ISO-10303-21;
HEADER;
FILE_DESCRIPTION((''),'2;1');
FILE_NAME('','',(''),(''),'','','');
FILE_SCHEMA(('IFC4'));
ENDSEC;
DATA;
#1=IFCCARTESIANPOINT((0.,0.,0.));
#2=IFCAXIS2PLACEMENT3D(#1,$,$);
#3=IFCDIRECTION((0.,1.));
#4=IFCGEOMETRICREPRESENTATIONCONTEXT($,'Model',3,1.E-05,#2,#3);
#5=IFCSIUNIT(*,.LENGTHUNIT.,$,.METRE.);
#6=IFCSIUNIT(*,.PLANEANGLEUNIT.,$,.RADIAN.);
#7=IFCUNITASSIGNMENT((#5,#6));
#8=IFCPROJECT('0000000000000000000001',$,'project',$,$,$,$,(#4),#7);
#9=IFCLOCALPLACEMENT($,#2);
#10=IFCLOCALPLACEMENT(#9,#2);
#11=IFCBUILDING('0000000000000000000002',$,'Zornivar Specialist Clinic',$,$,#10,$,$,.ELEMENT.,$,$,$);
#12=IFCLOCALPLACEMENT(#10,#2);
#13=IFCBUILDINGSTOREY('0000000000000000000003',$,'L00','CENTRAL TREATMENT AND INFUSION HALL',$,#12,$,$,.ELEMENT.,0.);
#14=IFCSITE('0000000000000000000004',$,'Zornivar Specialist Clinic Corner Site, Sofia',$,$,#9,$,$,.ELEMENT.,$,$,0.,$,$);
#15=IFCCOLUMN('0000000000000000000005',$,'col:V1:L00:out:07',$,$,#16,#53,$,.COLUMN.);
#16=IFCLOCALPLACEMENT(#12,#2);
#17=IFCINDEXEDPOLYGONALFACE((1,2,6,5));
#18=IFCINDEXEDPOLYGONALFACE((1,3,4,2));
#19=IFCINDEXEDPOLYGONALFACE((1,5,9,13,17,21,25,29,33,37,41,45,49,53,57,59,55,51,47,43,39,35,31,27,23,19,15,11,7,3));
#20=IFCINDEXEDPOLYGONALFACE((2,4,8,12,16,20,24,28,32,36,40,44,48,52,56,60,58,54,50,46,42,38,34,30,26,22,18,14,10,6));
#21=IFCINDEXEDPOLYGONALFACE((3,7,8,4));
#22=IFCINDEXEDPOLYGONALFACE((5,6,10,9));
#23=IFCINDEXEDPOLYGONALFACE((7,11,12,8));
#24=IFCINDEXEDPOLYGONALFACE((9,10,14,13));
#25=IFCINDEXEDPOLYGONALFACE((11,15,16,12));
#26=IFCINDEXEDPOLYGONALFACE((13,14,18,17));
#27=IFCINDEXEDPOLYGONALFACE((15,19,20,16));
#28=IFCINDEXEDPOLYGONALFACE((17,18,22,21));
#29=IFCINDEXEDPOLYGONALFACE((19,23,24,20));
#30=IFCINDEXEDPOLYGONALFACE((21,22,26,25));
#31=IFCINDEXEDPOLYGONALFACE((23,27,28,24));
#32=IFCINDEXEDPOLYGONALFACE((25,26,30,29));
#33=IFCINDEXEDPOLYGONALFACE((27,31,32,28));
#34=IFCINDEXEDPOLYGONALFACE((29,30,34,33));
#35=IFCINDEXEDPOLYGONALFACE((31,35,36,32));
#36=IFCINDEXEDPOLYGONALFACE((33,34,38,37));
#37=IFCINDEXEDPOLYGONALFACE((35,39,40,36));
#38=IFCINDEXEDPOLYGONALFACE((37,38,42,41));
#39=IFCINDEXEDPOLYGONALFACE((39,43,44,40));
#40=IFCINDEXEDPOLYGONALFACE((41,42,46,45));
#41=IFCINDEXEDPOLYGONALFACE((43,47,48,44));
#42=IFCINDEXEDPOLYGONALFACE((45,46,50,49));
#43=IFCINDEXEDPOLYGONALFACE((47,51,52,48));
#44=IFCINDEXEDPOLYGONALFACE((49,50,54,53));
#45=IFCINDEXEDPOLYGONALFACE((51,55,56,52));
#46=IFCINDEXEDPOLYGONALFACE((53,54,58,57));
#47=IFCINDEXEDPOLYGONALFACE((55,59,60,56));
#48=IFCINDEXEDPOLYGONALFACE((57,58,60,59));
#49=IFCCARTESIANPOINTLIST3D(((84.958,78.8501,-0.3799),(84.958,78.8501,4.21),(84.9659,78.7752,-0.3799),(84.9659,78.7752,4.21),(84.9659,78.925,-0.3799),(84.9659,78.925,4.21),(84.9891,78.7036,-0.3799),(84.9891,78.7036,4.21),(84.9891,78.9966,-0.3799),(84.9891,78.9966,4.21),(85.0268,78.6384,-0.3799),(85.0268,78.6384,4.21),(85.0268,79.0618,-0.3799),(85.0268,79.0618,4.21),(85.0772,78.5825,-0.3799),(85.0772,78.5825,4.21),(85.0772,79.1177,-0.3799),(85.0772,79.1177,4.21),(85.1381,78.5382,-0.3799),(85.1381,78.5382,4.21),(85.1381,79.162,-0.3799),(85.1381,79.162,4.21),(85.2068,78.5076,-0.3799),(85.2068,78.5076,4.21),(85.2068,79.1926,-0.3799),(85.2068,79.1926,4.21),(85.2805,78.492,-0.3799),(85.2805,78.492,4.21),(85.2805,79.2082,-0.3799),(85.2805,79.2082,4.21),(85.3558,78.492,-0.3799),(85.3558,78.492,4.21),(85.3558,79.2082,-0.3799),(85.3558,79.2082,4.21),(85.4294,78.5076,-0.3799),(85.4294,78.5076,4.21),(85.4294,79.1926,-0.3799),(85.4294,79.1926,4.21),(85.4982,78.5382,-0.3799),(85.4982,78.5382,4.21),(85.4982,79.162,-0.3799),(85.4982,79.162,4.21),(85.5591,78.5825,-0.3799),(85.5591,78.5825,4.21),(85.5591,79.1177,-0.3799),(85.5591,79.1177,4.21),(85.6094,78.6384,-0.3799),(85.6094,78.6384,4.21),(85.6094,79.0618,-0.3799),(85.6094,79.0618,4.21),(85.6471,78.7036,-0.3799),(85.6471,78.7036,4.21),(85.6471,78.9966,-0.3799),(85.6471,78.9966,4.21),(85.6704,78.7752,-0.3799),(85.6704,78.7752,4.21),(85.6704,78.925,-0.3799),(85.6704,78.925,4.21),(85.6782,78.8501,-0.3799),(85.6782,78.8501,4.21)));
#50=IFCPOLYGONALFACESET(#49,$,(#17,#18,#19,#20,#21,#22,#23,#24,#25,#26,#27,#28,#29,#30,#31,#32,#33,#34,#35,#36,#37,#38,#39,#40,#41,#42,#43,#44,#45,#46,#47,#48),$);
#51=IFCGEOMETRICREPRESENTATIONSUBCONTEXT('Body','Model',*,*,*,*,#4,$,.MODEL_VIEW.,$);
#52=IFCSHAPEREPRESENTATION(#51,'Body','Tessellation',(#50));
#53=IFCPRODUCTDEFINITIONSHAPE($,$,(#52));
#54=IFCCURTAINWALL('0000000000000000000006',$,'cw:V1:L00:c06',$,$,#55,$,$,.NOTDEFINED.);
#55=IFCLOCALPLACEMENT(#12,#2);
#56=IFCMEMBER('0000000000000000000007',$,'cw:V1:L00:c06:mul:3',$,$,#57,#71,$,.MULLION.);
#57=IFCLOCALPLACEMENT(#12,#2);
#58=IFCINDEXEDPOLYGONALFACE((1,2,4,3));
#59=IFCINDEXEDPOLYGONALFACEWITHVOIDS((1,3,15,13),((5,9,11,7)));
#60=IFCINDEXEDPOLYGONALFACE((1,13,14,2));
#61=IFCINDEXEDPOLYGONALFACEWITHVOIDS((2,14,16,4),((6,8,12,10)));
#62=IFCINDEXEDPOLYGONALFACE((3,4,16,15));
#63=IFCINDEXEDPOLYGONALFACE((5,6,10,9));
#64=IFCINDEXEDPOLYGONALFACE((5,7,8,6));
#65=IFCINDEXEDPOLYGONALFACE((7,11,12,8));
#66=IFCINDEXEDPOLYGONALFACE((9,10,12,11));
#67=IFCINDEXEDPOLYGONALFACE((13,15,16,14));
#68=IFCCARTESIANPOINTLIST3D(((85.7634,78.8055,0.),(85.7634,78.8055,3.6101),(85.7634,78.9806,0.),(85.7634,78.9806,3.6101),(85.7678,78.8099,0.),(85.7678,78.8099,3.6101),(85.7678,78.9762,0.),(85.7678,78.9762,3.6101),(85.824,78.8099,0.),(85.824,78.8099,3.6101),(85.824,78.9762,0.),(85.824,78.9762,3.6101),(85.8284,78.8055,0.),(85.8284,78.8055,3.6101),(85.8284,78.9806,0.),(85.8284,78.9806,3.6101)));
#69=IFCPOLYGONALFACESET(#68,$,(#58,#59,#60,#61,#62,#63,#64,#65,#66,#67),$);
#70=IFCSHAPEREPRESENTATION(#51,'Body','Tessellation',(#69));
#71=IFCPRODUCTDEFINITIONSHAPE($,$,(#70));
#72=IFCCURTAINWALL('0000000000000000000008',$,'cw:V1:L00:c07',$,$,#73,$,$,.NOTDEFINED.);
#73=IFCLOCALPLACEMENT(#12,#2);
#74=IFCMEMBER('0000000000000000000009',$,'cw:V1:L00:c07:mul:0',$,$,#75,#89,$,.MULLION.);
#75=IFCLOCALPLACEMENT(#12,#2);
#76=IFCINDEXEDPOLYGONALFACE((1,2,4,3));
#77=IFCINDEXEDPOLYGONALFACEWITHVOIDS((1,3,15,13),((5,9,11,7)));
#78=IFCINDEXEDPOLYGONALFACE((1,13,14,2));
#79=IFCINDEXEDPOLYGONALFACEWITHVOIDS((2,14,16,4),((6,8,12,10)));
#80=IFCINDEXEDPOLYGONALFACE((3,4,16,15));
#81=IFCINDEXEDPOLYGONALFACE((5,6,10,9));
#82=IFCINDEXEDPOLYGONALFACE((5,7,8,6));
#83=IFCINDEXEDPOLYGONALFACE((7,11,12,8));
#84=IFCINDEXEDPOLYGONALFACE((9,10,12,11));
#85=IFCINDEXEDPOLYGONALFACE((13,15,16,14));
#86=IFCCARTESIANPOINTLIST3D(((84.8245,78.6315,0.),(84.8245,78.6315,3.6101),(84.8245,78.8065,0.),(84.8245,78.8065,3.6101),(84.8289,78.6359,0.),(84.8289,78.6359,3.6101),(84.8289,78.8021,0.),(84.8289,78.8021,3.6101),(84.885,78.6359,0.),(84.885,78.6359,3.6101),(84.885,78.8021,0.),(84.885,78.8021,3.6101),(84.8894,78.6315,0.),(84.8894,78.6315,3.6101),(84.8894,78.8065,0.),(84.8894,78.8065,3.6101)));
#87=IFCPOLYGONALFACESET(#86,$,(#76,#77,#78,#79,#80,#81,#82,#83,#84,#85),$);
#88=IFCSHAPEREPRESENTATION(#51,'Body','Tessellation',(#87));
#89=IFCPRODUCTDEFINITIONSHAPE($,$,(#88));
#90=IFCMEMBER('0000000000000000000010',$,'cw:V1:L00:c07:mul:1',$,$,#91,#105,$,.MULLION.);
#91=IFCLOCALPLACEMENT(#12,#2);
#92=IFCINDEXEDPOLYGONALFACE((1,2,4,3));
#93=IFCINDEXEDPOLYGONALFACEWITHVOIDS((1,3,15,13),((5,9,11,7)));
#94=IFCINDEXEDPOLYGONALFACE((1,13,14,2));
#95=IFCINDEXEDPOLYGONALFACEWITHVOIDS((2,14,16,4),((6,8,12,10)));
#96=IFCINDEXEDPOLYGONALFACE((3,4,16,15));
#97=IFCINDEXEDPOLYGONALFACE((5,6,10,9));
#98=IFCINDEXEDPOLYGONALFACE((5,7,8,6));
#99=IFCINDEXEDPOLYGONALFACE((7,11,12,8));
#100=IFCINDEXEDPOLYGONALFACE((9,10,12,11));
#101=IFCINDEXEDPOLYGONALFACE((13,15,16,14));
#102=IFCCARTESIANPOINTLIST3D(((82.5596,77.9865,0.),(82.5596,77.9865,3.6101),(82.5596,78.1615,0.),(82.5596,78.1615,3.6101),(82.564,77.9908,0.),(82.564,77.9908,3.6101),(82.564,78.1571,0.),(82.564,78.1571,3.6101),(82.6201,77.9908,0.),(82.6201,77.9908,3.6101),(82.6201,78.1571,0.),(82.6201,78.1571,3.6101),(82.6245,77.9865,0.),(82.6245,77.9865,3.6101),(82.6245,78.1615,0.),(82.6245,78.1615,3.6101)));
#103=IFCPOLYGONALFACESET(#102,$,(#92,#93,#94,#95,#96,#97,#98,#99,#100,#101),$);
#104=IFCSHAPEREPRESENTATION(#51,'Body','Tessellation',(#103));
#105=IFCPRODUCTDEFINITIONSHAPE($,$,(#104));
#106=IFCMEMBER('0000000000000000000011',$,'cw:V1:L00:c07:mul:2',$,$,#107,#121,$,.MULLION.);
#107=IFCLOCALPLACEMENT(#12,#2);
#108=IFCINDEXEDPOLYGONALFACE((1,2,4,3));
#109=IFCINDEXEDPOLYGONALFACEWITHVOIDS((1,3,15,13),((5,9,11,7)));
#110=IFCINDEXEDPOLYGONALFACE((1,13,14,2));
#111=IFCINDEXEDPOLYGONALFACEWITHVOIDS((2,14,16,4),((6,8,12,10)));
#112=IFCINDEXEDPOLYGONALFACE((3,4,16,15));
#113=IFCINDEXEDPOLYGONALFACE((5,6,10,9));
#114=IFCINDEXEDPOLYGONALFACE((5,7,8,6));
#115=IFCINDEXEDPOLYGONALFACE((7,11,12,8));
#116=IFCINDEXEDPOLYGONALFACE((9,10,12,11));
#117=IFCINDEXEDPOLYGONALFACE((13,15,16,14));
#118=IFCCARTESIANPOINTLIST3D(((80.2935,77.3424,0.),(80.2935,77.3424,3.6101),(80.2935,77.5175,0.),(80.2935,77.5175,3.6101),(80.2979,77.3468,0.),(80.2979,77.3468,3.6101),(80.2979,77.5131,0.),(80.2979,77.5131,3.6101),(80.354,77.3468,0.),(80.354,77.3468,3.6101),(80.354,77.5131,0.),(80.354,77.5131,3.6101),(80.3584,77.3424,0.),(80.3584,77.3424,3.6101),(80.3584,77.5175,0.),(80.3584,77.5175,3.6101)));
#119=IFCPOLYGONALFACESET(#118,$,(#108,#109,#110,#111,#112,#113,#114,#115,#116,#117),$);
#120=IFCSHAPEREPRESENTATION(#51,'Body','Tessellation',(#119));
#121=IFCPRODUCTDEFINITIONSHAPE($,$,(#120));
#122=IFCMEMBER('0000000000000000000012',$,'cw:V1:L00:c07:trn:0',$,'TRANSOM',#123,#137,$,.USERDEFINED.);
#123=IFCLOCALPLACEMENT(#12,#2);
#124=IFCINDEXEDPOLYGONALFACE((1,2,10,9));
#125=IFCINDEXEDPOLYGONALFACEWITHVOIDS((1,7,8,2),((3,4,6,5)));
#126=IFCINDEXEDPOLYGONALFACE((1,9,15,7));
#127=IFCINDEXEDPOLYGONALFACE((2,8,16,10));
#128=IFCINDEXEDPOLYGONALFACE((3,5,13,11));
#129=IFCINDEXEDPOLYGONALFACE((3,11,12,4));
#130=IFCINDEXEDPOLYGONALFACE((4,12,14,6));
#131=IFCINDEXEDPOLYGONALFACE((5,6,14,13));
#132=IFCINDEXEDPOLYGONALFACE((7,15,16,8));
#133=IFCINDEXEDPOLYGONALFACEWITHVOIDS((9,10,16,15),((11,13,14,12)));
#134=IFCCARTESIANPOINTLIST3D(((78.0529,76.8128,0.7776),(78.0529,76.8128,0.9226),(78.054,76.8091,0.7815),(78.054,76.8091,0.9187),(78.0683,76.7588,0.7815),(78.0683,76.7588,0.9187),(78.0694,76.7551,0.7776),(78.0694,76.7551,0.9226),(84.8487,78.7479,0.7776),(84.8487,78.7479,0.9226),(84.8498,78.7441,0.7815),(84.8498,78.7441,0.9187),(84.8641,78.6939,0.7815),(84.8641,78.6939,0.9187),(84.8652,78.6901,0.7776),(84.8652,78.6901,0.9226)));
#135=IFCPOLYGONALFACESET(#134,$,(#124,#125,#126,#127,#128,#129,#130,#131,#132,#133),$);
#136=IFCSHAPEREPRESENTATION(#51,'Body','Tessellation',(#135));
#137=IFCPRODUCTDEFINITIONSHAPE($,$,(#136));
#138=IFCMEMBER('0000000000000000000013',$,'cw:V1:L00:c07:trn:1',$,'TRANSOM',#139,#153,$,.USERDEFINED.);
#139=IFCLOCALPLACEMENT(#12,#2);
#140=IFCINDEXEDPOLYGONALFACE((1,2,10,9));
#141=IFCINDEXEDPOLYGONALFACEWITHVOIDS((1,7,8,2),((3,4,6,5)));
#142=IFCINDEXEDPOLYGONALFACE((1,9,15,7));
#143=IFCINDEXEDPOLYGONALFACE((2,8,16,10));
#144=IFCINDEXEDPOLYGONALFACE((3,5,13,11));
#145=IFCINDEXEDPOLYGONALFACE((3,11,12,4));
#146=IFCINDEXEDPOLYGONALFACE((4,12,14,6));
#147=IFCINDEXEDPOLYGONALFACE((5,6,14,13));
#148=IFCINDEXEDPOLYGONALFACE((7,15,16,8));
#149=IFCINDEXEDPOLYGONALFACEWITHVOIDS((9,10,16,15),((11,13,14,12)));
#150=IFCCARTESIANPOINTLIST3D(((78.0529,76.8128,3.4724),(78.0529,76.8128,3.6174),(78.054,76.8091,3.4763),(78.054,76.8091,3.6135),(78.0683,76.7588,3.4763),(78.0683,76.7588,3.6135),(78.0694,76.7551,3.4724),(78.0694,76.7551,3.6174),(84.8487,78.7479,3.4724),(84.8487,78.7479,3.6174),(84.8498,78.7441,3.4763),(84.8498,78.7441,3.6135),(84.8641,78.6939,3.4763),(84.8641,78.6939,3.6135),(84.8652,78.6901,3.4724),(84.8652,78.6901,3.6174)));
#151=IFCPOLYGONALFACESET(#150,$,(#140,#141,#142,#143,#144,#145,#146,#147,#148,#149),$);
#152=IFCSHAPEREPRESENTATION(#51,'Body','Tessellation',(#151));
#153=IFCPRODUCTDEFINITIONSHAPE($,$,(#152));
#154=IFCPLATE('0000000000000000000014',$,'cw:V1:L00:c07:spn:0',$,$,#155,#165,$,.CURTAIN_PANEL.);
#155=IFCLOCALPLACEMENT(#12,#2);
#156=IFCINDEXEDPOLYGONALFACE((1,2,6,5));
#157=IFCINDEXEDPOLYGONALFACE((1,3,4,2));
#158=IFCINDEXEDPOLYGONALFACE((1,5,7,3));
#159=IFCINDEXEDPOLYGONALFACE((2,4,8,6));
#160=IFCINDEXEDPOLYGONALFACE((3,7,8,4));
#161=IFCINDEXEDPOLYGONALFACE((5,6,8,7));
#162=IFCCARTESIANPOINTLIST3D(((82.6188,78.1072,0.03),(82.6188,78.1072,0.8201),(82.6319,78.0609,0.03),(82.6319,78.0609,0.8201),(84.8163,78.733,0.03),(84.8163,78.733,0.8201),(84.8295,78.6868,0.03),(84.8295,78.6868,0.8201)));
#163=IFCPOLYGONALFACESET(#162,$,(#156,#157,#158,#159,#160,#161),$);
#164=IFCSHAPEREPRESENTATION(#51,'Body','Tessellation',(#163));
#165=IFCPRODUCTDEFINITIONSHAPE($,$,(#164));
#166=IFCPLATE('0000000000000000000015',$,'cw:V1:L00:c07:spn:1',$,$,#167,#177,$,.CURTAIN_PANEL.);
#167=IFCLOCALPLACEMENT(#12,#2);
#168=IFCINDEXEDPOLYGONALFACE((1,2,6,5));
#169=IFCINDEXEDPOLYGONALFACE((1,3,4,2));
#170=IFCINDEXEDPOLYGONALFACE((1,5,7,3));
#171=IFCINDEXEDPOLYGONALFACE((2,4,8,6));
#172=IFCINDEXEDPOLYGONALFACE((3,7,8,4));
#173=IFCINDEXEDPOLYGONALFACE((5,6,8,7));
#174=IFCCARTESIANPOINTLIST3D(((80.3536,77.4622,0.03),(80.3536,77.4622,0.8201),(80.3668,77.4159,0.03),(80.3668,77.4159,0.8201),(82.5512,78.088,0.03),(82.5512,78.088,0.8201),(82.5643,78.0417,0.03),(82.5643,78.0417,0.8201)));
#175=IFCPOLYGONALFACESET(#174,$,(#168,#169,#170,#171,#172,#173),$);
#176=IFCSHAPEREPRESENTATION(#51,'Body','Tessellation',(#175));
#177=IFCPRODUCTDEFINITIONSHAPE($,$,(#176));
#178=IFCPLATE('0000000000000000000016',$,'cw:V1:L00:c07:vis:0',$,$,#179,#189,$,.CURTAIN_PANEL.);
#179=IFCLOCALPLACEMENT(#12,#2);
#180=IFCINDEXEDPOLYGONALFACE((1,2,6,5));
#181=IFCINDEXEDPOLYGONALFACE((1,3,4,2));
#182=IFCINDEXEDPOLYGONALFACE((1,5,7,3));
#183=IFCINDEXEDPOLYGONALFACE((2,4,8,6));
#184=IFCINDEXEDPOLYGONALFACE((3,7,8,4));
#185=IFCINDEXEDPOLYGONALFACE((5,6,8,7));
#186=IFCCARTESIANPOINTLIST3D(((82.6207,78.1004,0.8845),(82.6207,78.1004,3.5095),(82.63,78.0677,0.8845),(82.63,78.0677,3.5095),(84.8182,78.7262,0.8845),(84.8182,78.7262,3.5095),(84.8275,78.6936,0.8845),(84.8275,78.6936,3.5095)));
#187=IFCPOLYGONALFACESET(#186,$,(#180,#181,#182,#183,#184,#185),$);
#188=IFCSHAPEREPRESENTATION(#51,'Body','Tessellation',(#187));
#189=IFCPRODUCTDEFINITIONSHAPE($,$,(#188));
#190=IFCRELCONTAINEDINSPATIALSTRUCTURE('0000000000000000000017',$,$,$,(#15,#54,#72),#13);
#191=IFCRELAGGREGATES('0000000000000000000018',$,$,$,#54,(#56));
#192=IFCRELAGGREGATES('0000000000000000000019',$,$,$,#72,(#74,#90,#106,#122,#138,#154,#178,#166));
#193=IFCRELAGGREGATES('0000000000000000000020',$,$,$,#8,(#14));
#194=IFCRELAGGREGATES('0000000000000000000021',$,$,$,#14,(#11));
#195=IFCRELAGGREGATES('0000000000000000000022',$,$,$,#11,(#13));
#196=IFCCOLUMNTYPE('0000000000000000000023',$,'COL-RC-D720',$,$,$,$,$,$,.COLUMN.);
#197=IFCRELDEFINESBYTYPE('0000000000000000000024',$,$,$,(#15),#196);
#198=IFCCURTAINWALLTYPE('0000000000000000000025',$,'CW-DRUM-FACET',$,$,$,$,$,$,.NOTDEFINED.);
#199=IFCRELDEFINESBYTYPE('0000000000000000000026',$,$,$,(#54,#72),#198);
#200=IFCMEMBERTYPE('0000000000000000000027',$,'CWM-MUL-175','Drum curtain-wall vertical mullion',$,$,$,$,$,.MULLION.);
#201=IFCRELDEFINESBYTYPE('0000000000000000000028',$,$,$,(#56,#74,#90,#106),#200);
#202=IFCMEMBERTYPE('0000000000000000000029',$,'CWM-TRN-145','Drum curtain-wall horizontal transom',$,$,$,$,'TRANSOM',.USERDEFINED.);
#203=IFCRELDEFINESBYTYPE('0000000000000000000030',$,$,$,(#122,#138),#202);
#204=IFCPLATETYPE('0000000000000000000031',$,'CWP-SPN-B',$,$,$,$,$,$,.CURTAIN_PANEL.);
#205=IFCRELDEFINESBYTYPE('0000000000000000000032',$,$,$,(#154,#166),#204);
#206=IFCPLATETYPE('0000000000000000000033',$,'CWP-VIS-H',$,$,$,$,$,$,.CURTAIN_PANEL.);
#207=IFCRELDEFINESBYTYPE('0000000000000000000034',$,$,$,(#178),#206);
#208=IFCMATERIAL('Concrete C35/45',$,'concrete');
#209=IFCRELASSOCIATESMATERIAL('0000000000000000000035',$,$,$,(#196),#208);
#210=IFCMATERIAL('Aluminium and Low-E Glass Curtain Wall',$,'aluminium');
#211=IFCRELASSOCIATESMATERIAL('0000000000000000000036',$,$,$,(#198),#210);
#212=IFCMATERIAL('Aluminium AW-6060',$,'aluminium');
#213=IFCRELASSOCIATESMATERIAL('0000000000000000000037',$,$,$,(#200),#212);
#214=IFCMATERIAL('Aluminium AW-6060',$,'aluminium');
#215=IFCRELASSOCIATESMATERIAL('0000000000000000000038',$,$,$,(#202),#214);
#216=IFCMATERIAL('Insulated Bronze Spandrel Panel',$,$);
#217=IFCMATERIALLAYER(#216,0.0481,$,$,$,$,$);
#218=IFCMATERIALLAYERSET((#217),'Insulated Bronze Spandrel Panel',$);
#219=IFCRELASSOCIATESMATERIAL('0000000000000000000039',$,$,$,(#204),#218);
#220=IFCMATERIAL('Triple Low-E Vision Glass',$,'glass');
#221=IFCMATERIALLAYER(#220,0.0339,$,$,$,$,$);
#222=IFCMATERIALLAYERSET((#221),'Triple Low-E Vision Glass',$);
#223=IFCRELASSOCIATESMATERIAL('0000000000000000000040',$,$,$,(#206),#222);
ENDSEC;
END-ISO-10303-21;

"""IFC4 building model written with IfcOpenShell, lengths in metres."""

from ifc_helpers import new_model, si_unit, direction, frame, origin, origin_2d, place, context, subcontext, project, spatial, rectangle, hollow_rectangle, circle, extrude, material, layer, layer_set, material_profile, profile_set, type_object, element, aggregate, save


model = new_model("IFC4")

# Units and contexts
model_context = context("Model", 3, precision=1e-05, world=origin(), true_north=direction((0.0, 1.0)))
body_context = subcontext(model_context, "Body", "Model", "MODEL_VIEW")
ifc_project = project(units=[si_unit("LENGTHUNIT", "METRE"), si_unit("PLANEANGLEUNIT", "RADIAN")], contexts=[model_context])

# Site, building, storey
site_placement = place(None, origin())
site = spatial("IfcSite", under=ifc_project, at=site_placement, Name="Zornivar Specialist Clinic Corner Site, Sofia", CompositionType="ELEMENT", RefElevation=0.0)
building_placement = place(site_placement, origin())
building = spatial("IfcBuilding", under=site, at=building_placement, Name="Zornivar Specialist Clinic", CompositionType="ELEMENT")
storey_placement = place(building_placement, origin())
storey = spatial("IfcBuildingStorey", under=building, at=storey_placement, Name="L00", Description="CENTRAL TREATMENT AND INFUSION HALL", CompositionType="ELEMENT", Elevation=0.0)

# Column
ifc_material_1 = material(Name="Concrete C35/45", Category="concrete")
ifc_material_profile_1 = material_profile(ifc_material_1, circle(Radius=0.3601, at=origin_2d()), Name="RC D720")
ifc_profile_set_1 = profile_set([ifc_material_profile_1], Name="Concrete C35/45")
column_type = type_object("IfcColumnType", Name="COL-RC-D720", PredefinedType="COLUMN", material=ifc_profile_set_1)
column_placement = place(storey_placement, frame((85.3181, 78.8501, -0.3799), z_axis=(0.0, 0.0, 1.0), x_axis=(1.0, 0.0, 0.0)))
element("IfcColumn", 1, at=column_placement, inside=storey, type_object=column_type, Name="col:V1:L00:out:07", PredefinedType="COLUMN", context=body_context, shape_type="SweptSolid", body=[
    extrude(circle(Radius=0.3601, at=origin_2d()), origin(), (0.0, 0.0, 1.0), 4.5898),
])

# Curtain wall, member
ifc_material_2 = material(Name="Aluminium and Low-E Glass Curtain Wall", Category="aluminium")
curtain_wall_type = type_object("IfcCurtainWallType", Name="CW-DRUM-FACET", PredefinedType="NOTDEFINED", material=ifc_material_2)
curtain_wall_1_placement = place(storey_placement, origin())
curtain_wall_1 = element("IfcCurtainWall", 2, at=curtain_wall_1_placement, inside=storey, type_object=curtain_wall_type, Name="cw:V1:L00:c06", PredefinedType="NOTDEFINED")
ifc_material_3 = material(Name="Aluminium AW-6060", Category="aluminium")
ifc_material_profile_2 = material_profile(ifc_material_3, hollow_rectangle(XDim=0.0649, YDim=0.175, WallThickness=0.0044, at=origin_2d()), Name="ALU 65x175x4.5")
ifc_profile_set_2 = profile_set([ifc_material_profile_2], Name="Aluminium AW-6060")
member_type_1 = type_object("IfcMemberType", Name="CWM-MUL-175", Description="Drum curtain-wall vertical mullion", PredefinedType="MULLION", material=ifc_profile_set_2)
member_1_placement = place(storey_placement, frame((85.7959, 78.8931, 0.0), z_axis=(0.0, 0.0, 1.0), x_axis=(1.0, 0.0, 0.0)))
member_1 = element("IfcMember", 3, at=member_1_placement, type_object=member_type_1, Name="cw:V1:L00:c06:mul:3", PredefinedType="MULLION", context=body_context, shape_type="SweptSolid", body=[
    extrude(hollow_rectangle(XDim=0.0649, YDim=0.175, WallThickness=0.0044, at=origin_2d()), origin(), (0.0, 0.0, 1.0), 3.6101),
])
aggregate(curtain_wall_1, [member_1])

# Curtain wall, members, plates
curtain_wall_2_placement = place(storey_placement, origin())
curtain_wall_2 = element("IfcCurtainWall", 4, at=curtain_wall_2_placement, inside=storey, type_object=curtain_wall_type, Name="cw:V1:L00:c07", PredefinedType="NOTDEFINED")
member_2_placement = place(storey_placement, frame((84.8569, 78.719, 0.0), z_axis=(0.0, 0.0, 1.0), x_axis=(1.0, 0.0, 0.0)))
member_2 = element("IfcMember", 5, at=member_2_placement, type_object=member_type_1, Name="cw:V1:L00:c07:mul:0", PredefinedType="MULLION", context=body_context, shape_type="SweptSolid", body=[
    extrude(hollow_rectangle(XDim=0.0649, YDim=0.175, WallThickness=0.0044, at=origin_2d()), origin(), (0.0, 0.0, 1.0), 3.6101),
])
member_3_placement = place(storey_placement, frame((82.592, 78.074, 0.0), z_axis=(0.0, 0.0, 1.0), x_axis=(1.0, 0.0, 0.0)))
member_3 = element("IfcMember", 6, at=member_3_placement, type_object=member_type_1, Name="cw:V1:L00:c07:mul:1", PredefinedType="MULLION", context=body_context, shape_type="SweptSolid", body=[
    extrude(hollow_rectangle(XDim=0.0649, YDim=0.175, WallThickness=0.0044, at=origin_2d()), origin(), (0.0, 0.0, 1.0), 3.6101),
])
member_4_placement = place(storey_placement, frame((80.3259, 77.4299, 0.0), z_axis=(0.0, 0.0, 1.0), x_axis=(1.0, 0.0, 0.0)))
member_4 = element("IfcMember", 7, at=member_4_placement, type_object=member_type_1, Name="cw:V1:L00:c07:mul:2", PredefinedType="MULLION", context=body_context, shape_type="SweptSolid", body=[
    extrude(hollow_rectangle(XDim=0.0649, YDim=0.175, WallThickness=0.0044, at=origin_2d()), origin(), (0.0, 0.0, 1.0), 3.6101),
])
ifc_material_4 = material(Name="Aluminium AW-6060", Category="aluminium")
ifc_material_profile_3 = material_profile(ifc_material_4, hollow_rectangle(XDim=0.0601, YDim=0.145, WallThickness=0.0039, at=origin_2d()), Name="ALU 60x145x4")
ifc_profile_set_3 = profile_set([ifc_material_profile_3], Name="Aluminium AW-6060")
member_type_2 = type_object("IfcMemberType", Name="CWM-TRN-145", Description="Drum curtain-wall horizontal transom", ElementType="TRANSOM", PredefinedType="USERDEFINED", material=ifc_profile_set_3)
member_5_placement = place(storey_placement, frame((84.8569, 78.719, 0.8501), z_axis=(-0.961771, -0.273854, 0.0), x_axis=(0.273854, -0.961771, 0.0)))
member_5 = element("IfcMember", 8, at=member_5_placement, type_object=member_type_2, Name="cw:V1:L00:c07:trn:0", ObjectType="TRANSOM", PredefinedType="USERDEFINED", context=body_context, shape_type="SweptSolid", body=[
    extrude(hollow_rectangle(XDim=0.0601, YDim=0.145, WallThickness=0.0039, at=origin_2d()), origin(), (0.0, 0.0, 1.0), 7.0659),
])
member_6_placement = place(storey_placement, frame((84.8569, 78.719, 3.5449), z_axis=(-0.961771, -0.273854, 0.0), x_axis=(0.273854, -0.961771, 0.0)))
member_6 = element("IfcMember", 9, at=member_6_placement, type_object=member_type_2, Name="cw:V1:L00:c07:trn:1", ObjectType="TRANSOM", PredefinedType="USERDEFINED", context=body_context, shape_type="SweptSolid", body=[
    extrude(hollow_rectangle(XDim=0.0601, YDim=0.145, WallThickness=0.0039, at=origin_2d()), origin(), (0.0, 0.0, 1.0), 7.0659),
])
ifc_material_5 = material(Name="Insulated Bronze Spandrel Panel")
ifc_layer_1 = layer(ifc_material_5, 0.0481)
ifc_layer_set_1 = layer_set([ifc_layer_1], Name="Insulated Bronze Spandrel Panel")
plate_type_1 = type_object("IfcPlateType", Name="CWP-SPN-B", PredefinedType="CURTAIN_PANEL", material=ifc_layer_set_1)
plate_1_placement = place(storey_placement, frame((83.7241, 78.397, 0.03), z_axis=(0.0, 0.0, 1.0), x_axis=(-0.961761, -0.273889, 0.0)))
plate_1 = element("IfcPlate", 10, at=plate_1_placement, type_object=plate_type_1, Name="cw:V1:L00:c07:spn:0", PredefinedType="CURTAIN_PANEL", context=body_context, shape_type="SweptSolid", body=[
    extrude(rectangle(XDim=2.2849, YDim=0.0481, at=origin_2d()), origin(), (0.0, 0.0, 1.0), 0.79),
])
plate_2_placement = place(storey_placement, frame((81.459, 77.752, 0.03), z_axis=(0.0, 0.0, 1.0), x_axis=(-0.961761, -0.273889, 0.0)))
plate_2 = element("IfcPlate", 11, at=plate_2_placement, type_object=plate_type_1, Name="cw:V1:L00:c07:spn:1", PredefinedType="CURTAIN_PANEL", context=body_context, shape_type="SweptSolid", body=[
    extrude(rectangle(XDim=2.2849, YDim=0.0481, at=origin_2d()), origin(), (0.0, 0.0, 1.0), 0.79),
])
ifc_material_6 = material(Name="Triple Low-E Vision Glass", Category="glass")
ifc_layer_2 = layer(ifc_material_6, 0.0339)
ifc_layer_set_2 = layer_set([ifc_layer_2], Name="Triple Low-E Vision Glass")
plate_type_2 = type_object("IfcPlateType", Name="CWP-VIS-H", PredefinedType="CURTAIN_PANEL", material=ifc_layer_set_2)
plate_3_placement = place(storey_placement, frame((83.7241, 78.397, 0.8845), z_axis=(0.0, 0.0, 1.0), x_axis=(-0.961761, -0.273889, 0.0)))
plate_3 = element("IfcPlate", 12, at=plate_3_placement, type_object=plate_type_2, Name="cw:V1:L00:c07:vis:0", PredefinedType="CURTAIN_PANEL", context=body_context, shape_type="SweptSolid", body=[
    extrude(rectangle(XDim=2.2849, YDim=0.0339, at=origin_2d()), origin(), (0.0, 0.0, 1.0), 2.625),
])
aggregate(curtain_wall_2, [member_2, member_3, member_4, member_5, member_6, plate_1, plate_3, plate_2])

save(model, "model.ifc")
